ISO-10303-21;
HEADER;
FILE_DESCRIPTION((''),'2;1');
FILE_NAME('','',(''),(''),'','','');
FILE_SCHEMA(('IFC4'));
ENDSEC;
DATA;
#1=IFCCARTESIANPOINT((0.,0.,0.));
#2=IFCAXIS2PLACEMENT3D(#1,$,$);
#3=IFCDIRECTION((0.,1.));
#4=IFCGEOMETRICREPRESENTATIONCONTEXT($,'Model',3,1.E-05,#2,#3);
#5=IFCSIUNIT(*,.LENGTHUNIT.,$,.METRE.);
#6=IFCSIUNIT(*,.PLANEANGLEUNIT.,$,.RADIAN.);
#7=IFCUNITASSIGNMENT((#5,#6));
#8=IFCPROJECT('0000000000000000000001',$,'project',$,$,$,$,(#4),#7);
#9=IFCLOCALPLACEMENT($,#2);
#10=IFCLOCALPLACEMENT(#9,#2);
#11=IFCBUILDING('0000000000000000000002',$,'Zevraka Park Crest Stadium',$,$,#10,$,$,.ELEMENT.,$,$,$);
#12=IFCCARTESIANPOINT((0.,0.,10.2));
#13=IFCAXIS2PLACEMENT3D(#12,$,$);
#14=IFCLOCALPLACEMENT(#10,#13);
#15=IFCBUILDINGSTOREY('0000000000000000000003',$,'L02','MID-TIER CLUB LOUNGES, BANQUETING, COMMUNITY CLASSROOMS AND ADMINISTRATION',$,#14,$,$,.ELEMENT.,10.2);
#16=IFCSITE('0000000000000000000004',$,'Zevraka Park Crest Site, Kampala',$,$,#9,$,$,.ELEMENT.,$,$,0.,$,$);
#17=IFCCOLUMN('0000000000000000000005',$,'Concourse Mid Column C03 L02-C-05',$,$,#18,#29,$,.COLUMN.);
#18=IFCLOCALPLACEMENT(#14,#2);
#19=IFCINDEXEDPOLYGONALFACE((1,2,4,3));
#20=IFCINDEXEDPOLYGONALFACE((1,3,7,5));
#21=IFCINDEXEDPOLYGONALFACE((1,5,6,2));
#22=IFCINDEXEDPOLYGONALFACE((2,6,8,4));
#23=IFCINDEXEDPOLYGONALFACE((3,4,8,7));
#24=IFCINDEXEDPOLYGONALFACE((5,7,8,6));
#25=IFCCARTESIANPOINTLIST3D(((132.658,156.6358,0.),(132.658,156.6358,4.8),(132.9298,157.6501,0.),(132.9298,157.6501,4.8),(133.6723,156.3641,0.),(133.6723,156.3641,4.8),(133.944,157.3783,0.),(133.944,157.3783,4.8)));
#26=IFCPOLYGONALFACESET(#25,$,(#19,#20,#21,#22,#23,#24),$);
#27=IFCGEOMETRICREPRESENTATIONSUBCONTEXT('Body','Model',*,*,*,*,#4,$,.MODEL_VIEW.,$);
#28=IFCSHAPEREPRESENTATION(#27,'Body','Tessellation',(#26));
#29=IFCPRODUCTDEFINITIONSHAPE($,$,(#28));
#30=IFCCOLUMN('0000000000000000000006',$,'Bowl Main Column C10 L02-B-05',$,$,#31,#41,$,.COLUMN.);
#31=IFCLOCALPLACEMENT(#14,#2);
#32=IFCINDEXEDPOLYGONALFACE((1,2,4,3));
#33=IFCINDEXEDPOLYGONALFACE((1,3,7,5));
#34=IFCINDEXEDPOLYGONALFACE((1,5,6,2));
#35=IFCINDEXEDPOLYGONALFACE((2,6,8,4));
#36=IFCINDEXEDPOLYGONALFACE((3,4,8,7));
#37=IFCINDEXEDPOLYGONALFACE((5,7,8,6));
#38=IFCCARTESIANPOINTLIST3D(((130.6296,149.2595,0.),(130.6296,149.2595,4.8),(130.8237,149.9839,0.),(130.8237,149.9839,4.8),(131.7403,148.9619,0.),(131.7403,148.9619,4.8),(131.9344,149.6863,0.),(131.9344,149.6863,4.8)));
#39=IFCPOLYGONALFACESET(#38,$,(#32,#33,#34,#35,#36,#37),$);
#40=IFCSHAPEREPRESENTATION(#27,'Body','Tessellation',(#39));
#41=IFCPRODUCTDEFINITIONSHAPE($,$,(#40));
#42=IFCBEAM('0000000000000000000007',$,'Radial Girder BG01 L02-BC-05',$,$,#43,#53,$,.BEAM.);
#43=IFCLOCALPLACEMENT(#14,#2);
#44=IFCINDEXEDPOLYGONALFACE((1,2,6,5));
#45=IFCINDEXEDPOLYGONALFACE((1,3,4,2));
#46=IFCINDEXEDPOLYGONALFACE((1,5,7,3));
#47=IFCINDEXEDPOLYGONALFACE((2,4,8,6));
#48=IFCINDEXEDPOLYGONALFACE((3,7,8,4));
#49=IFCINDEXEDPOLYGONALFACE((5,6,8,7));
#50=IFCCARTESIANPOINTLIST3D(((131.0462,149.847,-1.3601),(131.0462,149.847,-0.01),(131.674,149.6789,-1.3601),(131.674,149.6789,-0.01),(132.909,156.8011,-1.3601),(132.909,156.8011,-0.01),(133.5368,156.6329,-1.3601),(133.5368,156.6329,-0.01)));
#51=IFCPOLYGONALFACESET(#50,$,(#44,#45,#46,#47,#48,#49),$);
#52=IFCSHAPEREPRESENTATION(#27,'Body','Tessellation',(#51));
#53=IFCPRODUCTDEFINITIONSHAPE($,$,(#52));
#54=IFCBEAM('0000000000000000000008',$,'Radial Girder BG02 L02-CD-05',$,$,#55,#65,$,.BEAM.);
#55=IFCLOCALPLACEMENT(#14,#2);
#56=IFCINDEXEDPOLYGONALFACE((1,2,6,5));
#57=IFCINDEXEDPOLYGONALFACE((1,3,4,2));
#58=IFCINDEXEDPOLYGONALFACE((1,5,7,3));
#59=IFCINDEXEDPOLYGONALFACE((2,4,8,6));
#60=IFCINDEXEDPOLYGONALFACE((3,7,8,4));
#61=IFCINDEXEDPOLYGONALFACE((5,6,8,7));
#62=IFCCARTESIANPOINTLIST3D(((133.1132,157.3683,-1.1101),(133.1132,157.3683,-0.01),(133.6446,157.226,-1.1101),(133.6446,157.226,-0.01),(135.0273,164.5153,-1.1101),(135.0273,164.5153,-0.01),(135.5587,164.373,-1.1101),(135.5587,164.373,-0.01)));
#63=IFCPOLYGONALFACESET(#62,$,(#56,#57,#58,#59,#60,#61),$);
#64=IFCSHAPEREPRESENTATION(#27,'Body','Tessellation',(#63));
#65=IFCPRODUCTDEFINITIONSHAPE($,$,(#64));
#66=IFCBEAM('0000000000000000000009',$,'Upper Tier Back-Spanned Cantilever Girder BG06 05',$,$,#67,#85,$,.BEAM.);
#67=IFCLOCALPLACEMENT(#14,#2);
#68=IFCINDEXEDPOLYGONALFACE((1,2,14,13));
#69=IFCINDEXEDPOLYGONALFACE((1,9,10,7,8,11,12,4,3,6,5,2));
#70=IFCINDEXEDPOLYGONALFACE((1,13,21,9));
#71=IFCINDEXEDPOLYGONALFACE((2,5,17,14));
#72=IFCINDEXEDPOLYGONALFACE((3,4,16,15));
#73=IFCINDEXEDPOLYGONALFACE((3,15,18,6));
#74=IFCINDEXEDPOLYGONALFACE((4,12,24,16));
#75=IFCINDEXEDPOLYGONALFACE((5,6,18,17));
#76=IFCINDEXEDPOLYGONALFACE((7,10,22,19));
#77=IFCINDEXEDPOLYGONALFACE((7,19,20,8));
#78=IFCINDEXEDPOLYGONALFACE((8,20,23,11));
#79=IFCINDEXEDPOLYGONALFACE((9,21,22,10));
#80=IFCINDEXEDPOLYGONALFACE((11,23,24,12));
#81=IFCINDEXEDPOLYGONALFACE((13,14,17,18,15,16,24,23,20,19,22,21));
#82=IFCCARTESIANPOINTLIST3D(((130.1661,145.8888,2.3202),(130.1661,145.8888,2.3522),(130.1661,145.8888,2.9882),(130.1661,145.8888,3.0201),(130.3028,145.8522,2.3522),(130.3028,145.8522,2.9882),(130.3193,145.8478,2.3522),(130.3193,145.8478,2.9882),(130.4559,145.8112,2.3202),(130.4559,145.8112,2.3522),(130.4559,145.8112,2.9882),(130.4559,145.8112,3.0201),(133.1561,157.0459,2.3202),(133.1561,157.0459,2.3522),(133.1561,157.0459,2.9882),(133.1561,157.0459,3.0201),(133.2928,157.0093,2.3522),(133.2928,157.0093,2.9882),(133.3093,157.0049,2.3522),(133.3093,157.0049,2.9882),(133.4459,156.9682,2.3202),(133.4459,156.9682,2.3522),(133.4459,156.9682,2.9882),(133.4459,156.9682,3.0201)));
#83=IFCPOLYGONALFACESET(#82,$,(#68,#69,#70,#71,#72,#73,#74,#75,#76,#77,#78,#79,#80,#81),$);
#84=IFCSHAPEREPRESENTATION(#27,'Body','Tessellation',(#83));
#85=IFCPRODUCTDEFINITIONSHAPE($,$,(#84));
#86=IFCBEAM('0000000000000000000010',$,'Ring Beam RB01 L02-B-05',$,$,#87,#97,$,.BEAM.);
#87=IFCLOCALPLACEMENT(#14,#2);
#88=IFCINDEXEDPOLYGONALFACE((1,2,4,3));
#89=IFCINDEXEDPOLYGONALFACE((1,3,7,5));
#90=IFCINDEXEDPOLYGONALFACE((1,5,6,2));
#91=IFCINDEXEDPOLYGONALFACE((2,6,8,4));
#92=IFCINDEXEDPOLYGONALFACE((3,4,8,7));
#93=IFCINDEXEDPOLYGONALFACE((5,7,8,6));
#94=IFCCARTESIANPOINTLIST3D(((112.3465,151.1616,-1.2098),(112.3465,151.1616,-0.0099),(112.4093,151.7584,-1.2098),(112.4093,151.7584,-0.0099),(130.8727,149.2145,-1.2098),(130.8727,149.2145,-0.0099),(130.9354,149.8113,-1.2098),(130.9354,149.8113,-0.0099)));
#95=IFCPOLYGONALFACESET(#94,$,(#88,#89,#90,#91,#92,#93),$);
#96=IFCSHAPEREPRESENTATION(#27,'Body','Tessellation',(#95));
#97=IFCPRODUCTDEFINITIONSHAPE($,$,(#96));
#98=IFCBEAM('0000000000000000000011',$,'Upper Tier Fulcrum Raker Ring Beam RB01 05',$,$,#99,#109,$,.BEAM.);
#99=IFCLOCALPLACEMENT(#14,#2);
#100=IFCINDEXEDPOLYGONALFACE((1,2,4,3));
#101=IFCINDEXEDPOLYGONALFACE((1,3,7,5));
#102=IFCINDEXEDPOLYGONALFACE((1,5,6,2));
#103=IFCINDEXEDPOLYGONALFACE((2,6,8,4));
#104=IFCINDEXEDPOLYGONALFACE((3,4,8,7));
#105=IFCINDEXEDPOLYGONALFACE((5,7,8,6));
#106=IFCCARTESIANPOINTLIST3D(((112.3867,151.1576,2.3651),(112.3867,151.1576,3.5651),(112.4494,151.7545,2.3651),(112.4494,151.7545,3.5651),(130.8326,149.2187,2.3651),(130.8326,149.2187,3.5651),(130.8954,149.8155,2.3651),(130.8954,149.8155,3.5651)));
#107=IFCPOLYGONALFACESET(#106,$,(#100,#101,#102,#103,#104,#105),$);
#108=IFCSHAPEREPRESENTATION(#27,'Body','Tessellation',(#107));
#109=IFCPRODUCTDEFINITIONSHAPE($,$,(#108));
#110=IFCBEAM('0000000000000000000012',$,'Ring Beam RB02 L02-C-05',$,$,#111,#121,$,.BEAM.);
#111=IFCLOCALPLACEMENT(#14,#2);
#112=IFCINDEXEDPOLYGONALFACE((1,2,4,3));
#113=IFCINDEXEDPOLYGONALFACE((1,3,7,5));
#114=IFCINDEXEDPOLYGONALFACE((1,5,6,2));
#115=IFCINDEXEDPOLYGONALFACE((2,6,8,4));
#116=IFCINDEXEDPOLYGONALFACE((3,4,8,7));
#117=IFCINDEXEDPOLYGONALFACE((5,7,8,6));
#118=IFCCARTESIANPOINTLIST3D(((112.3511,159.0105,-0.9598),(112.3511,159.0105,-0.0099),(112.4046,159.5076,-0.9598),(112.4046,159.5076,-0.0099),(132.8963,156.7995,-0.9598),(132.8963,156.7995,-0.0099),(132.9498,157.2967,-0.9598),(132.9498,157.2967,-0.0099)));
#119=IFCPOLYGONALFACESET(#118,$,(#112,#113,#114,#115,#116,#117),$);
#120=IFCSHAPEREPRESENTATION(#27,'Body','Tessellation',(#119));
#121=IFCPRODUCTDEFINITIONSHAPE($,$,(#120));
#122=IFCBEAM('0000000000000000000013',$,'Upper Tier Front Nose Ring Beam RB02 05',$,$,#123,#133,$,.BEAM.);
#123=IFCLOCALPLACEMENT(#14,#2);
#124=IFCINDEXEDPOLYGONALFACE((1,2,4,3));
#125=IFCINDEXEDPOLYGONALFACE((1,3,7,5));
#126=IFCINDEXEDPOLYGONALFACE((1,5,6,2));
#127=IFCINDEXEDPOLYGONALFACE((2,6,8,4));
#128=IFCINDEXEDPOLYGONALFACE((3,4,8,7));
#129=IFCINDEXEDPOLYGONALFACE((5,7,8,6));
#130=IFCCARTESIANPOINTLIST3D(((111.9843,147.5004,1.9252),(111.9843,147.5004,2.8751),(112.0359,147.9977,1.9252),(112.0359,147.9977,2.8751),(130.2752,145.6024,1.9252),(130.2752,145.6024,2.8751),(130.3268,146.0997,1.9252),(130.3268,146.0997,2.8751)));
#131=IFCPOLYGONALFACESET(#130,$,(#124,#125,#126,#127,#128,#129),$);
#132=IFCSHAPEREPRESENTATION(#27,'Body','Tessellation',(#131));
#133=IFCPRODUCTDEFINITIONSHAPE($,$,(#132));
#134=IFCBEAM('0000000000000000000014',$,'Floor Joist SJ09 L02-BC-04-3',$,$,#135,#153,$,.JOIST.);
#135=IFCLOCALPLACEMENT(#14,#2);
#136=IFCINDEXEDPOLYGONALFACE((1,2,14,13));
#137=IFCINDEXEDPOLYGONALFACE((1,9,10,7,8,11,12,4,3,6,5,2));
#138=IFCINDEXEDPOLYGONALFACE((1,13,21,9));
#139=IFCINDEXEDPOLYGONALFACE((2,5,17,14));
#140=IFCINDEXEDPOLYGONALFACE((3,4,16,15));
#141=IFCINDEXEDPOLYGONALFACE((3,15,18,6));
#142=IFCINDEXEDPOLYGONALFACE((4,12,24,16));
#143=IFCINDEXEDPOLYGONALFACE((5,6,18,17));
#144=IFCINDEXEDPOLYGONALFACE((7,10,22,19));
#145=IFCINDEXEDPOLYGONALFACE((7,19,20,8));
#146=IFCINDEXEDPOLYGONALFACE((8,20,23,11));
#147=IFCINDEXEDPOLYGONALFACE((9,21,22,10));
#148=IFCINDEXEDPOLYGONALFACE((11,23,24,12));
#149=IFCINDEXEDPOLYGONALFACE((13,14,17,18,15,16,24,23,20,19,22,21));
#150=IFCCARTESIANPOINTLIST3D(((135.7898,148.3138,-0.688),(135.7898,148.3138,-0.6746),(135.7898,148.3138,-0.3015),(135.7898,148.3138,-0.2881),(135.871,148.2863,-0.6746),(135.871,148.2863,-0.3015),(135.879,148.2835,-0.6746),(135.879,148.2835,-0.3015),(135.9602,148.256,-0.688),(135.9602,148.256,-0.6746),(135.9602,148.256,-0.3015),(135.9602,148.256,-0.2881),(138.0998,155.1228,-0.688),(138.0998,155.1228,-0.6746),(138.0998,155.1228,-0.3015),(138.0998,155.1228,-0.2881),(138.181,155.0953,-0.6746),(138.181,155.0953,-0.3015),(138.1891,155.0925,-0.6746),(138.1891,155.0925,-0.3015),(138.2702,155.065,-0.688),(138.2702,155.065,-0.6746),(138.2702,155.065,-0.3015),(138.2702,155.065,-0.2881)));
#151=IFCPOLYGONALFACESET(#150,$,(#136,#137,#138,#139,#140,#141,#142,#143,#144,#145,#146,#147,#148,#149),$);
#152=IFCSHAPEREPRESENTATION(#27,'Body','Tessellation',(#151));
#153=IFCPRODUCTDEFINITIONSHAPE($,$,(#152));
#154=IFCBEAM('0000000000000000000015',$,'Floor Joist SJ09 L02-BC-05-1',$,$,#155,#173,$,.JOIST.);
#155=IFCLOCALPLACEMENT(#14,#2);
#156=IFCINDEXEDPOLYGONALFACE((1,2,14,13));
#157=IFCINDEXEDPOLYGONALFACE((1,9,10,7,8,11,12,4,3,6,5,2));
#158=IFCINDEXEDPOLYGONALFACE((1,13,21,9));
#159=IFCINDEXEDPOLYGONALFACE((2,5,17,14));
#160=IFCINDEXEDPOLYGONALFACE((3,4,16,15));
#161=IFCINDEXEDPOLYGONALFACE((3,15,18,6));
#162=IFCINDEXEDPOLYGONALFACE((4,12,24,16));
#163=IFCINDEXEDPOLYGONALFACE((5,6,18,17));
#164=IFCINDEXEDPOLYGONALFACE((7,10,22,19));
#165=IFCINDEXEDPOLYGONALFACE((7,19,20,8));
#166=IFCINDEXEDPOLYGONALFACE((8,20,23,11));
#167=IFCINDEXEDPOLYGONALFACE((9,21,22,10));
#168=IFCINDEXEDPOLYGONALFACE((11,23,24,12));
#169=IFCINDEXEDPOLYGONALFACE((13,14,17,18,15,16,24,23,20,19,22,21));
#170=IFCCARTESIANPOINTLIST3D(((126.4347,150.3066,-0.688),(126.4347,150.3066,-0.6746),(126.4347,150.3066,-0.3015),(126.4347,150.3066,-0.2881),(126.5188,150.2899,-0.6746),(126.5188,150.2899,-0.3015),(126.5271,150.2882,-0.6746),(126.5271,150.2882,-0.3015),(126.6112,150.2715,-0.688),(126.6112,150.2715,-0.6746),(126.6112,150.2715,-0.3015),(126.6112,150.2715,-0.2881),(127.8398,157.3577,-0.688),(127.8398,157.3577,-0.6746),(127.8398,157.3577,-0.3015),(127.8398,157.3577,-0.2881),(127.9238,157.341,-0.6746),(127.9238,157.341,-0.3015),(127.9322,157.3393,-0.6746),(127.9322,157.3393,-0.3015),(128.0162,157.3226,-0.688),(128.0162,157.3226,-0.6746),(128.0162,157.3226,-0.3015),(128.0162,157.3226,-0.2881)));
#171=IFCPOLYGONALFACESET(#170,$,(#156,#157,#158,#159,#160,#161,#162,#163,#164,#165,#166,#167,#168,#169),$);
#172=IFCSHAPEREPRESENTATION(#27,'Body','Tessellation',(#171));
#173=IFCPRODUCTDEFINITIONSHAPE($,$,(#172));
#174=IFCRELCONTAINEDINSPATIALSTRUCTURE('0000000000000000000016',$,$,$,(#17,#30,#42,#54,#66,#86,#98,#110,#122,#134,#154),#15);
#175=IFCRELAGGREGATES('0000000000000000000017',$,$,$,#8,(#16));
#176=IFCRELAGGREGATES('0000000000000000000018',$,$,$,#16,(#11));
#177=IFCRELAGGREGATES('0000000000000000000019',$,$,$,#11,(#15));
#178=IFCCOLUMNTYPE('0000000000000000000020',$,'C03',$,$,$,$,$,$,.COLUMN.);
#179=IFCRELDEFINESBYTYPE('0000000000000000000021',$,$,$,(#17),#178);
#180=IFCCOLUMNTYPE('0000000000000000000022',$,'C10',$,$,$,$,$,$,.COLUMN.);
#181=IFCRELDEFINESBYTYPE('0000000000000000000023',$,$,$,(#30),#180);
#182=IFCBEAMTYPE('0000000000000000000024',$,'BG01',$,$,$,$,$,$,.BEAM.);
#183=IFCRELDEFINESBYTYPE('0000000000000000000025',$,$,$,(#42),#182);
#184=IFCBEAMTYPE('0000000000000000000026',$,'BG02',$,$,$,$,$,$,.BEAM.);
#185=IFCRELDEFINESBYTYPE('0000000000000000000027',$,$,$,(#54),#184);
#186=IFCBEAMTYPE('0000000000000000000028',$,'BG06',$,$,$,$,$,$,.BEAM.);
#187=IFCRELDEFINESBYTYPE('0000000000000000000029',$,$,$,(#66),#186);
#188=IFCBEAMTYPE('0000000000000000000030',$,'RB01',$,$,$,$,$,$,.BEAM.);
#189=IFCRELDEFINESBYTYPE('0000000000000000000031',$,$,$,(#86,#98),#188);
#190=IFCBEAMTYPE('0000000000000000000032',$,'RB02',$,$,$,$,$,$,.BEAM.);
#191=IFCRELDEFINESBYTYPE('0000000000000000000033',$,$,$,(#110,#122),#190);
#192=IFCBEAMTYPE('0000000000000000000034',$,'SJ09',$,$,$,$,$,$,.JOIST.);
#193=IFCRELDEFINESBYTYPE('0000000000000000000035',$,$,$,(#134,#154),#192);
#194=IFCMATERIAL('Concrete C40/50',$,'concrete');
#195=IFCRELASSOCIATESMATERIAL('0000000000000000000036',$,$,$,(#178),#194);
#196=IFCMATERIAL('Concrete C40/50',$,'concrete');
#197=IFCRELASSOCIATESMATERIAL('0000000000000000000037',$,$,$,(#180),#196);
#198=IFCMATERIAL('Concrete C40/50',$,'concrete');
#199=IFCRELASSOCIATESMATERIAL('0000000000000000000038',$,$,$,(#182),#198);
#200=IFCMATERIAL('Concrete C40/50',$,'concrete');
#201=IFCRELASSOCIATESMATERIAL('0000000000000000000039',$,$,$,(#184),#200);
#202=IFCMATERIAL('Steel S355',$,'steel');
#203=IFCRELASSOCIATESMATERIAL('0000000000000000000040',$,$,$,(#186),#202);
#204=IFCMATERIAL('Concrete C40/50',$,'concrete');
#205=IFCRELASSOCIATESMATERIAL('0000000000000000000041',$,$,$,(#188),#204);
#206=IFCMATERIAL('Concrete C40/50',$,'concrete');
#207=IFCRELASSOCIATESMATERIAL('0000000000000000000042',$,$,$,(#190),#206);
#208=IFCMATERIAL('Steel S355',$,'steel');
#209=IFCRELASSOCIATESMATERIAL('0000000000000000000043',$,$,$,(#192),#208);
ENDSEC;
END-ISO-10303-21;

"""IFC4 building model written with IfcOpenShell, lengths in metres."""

from ifc_helpers import new_model, si_unit, direction, frame, origin, origin_2d, place, context, subcontext, project, spatial, rectangle, i_section, extrude, material, material_profile, profile_set, type_object, element, save


model = new_model("IFC4")

# Units and contexts
model_context = context("Model", 3, precision=1e-05, world=origin(), true_north=direction((0.0, 1.0)))
body_context = subcontext(model_context, "Body", "Model", "MODEL_VIEW")
ifc_project = project(units=[si_unit("LENGTHUNIT", "METRE"), si_unit("PLANEANGLEUNIT", "RADIAN")], contexts=[model_context])

# Site, building, storey
site_placement = place(None, origin())
site = spatial("IfcSite", under=ifc_project, at=site_placement, Name="Zevraka Park Crest Site, Kampala", CompositionType="ELEMENT", RefElevation=0.0)
building_placement = place(site_placement, origin())
building = spatial("IfcBuilding", under=site, at=building_placement, Name="Zevraka Park Crest Stadium", CompositionType="ELEMENT")
storey_placement = place(building_placement, frame((0.0, 0.0, 10.2)))
storey = spatial("IfcBuildingStorey", under=building, at=storey_placement, Name="L02", Description="MID-TIER CLUB LOUNGES, BANQUETING, COMMUNITY CLASSROOMS AND ADMINISTRATION", CompositionType="ELEMENT", Elevation=10.2)

# Columns
ifc_material_1 = material(Name="Concrete C40/50", Category="concrete")
ifc_material_profile_1 = material_profile(ifc_material_1, rectangle(XDim=1.05, YDim=1.05, at=origin_2d()), Name="RC 1050x1050")
ifc_profile_set_1 = profile_set([ifc_material_profile_1], Name="Concrete C40/50")
column_type_1 = type_object("IfcColumnType", Name="C03", PredefinedType="COLUMN", material=ifc_profile_set_1)
column_1_placement = place(storey_placement, frame((133.301, 157.0071, 0.0), z_axis=(0.0, 0.0, 1.0), x_axis=(0.258819, 0.965926, 0.0)))
element("IfcColumn", 1, at=column_1_placement, inside=storey, type_object=column_type_1, Name="Concourse Mid Column C03 L02-C-05", PredefinedType="COLUMN", context=body_context, shape_type="SweptSolid", body=[
    extrude(rectangle(XDim=1.05, YDim=1.05, at=origin_2d()), origin(), (0.0, 0.0, 1.0), 4.8),
])
ifc_material_2 = material(Name="Concrete C40/50", Category="concrete")
ifc_material_profile_2 = material_profile(ifc_material_2, rectangle(XDim=0.75, YDim=1.1499, at=origin_2d()), Name="RC 1150x750")
ifc_profile_set_2 = profile_set([ifc_material_profile_2], Name="Concrete C40/50")
column_type_2 = type_object("IfcColumnType", Name="C10", PredefinedType="COLUMN", material=ifc_profile_set_2)
column_2_placement = place(storey_placement, frame((131.282, 149.4729, 0.0), z_axis=(0.0, 0.0, 1.0), x_axis=(0.258819, 0.965926, 0.0)))
element("IfcColumn", 2, at=column_2_placement, inside=storey, type_object=column_type_2, Name="Bowl Main Column C10 L02-B-05", PredefinedType="COLUMN", context=body_context, shape_type="SweptSolid", body=[
    extrude(rectangle(XDim=0.75, YDim=1.1499, at=origin_2d()), origin(), (0.0, 0.0, 1.0), 4.8),
])

# Beams
ifc_material_3 = material(Name="Concrete C40/50", Category="concrete")
ifc_material_profile_3 = material_profile(ifc_material_3, rectangle(XDim=0.6499, YDim=1.3501, at=origin_2d()), Name="RC 1350x650")
ifc_profile_set_3 = profile_set([ifc_material_profile_3], Name="Concrete C40/50")
beam_type_1 = type_object("IfcBeamType", Name="BG01", PredefinedType="BEAM", material=ifc_profile_set_3)
beam_1_placement = place(storey_placement, frame((131.3601, 149.7629, -0.6851), z_axis=(0.258747, 0.965945, 0.0), x_axis=(-0.965945, 0.258747, 0.0)))
element("IfcBeam", 3, at=beam_1_placement, inside=storey, type_object=beam_type_1, Name="Radial Girder BG01 L02-BC-05", PredefinedType="BEAM", context=body_context, shape_type="SweptSolid", body=[
    extrude(rectangle(XDim=0.6499, YDim=1.3501, at=origin_2d()), origin(), (0.0, 0.0, 1.0), 7.1992),
])
ifc_material_4 = material(Name="Concrete C40/50", Category="concrete")
ifc_material_profile_4 = material_profile(ifc_material_4, rectangle(XDim=0.55, YDim=1.1001, at=origin_2d()), Name="RC 1100x550")
ifc_profile_set_4 = profile_set([ifc_material_profile_4], Name="Concrete C40/50")
beam_type_2 = type_object("IfcBeamType", Name="BG02", PredefinedType="BEAM", material=ifc_profile_set_4)
beam_2_placement = place(storey_placement, frame((133.3789, 157.2971, -0.5601), z_axis=(0.258698, 0.965958, 0.0), x_axis=(-0.965958, 0.258698, 0.0)))
element("IfcBeam", 4, at=beam_2_placement, inside=storey, type_object=beam_type_2, Name="Radial Girder BG02 L02-CD-05", PredefinedType="BEAM", context=body_context, shape_type="SweptSolid", body=[
    extrude(rectangle(XDim=0.55, YDim=1.1001, at=origin_2d()), origin(), (0.0, 0.0, 1.0), 7.3989),
])
ifc_material_5 = material(Name="Steel S355", Category="steel")
ifc_material_profile_5 = material_profile(ifc_material_5, i_section(OverallWidth=0.3, OverallDepth=0.7, WebThickness=0.0171, FlangeThickness=0.032, at=origin_2d()), Name="HEB 700")
ifc_profile_set_5 = profile_set([ifc_material_profile_5], Name="Steel S355")
beam_type_3 = type_object("IfcBeamType", Name="BG06", PredefinedType="BEAM", material=ifc_profile_set_5)
beam_3_placement = place(storey_placement, frame((133.301, 157.0071, 2.6702), z_axis=(-0.258858, -0.965915, 0.0), x_axis=(0.965915, -0.258858, 0.0)))
element("IfcBeam", 5, at=beam_3_placement, inside=storey, type_object=beam_type_3, Name="Upper Tier Back-Spanned Cantilever Girder BG06 05", PredefinedType="BEAM", context=body_context, shape_type="SweptSolid", body=[
    extrude(i_section(OverallWidth=0.3, OverallDepth=0.7, WebThickness=0.0171, FlangeThickness=0.032, at=origin_2d()), origin(), (0.0, 0.0, 1.0), 11.5508),
])
ifc_material_6 = material(Name="Concrete C40/50", Category="concrete")
ifc_material_profile_6 = material_profile(ifc_material_6, rectangle(XDim=0.6001, YDim=1.2, at=origin_2d()), Name="RC 1200x600")
ifc_profile_set_6 = profile_set([ifc_material_profile_6], Name="Concrete C40/50")
beam_type_4 = type_object("IfcBeamType", Name="RB01", PredefinedType="BEAM", material=ifc_profile_set_6)
beam_4_placement = place(storey_placement, frame((130.9041, 149.5129, -0.6099), z_axis=(-0.994523, 0.10452, 0.0), x_axis=(-0.10452, -0.994523, 0.0)))
element("IfcBeam", 6, at=beam_4_placement, inside=storey, type_object=beam_type_4, Name="Ring Beam RB01 L02-B-05", PredefinedType="BEAM", context=body_context, shape_type="SweptSolid", body=[
    extrude(rectangle(XDim=0.6001, YDim=1.2, at=origin_2d()), origin(), (0.0, 0.0, 1.0), 18.6282),
])
beam_5_placement = place(storey_placement, frame((130.864, 149.5171, 2.9651), z_axis=(-0.994521, 0.10454, 0.0), x_axis=(-0.10454, -0.994521, 0.0)))
element("IfcBeam", 7, at=beam_5_placement, inside=storey, type_object=beam_type_4, Name="Upper Tier Fulcrum Raker Ring Beam RB01 05", PredefinedType="BEAM", context=body_context, shape_type="SweptSolid", body=[
    extrude(rectangle(XDim=0.6001, YDim=1.2, at=origin_2d()), origin(), (0.0, 0.0, 1.0), 18.5476),
])
ifc_material_7 = material(Name="Concrete C40/50", Category="concrete")
ifc_material_profile_7 = material_profile(ifc_material_7, rectangle(XDim=0.5, YDim=0.95, at=origin_2d()), Name="RC 950x500")
ifc_profile_set_7 = profile_set([ifc_material_profile_7], Name="Concrete C40/50")
beam_type_5 = type_object("IfcBeamType", Name="RB02", PredefinedType="BEAM", material=ifc_profile_set_7)
beam_6_placement = place(storey_placement, frame((132.9231, 157.0481, -0.4849), z_axis=(-0.994259, 0.106996, 0.0), x_axis=(-0.106996, -0.994259, 0.0)))
element("IfcBeam", 8, at=beam_6_placement, inside=storey, type_object=beam_type_5, Name="Ring Beam RB02 L02-C-05", PredefinedType="BEAM", context=body_context, shape_type="SweptSolid", body=[
    extrude(rectangle(XDim=0.5, YDim=0.95, at=origin_2d()), origin(), (0.0, 0.0, 1.0), 20.6638),
])
beam_7_placement = place(storey_placement, frame((130.301, 145.8511, 2.4001), z_axis=(-0.99466, 0.10321, 0.0), x_axis=(-0.10321, -0.99466, 0.0)))
element("IfcBeam", 9, at=beam_7_placement, inside=storey, type_object=beam_type_5, Name="Upper Tier Front Nose Ring Beam RB02 05", PredefinedType="BEAM", context=body_context, shape_type="SweptSolid", body=[
    extrude(rectangle(XDim=0.5, YDim=0.95, at=origin_2d()), origin(), (0.0, 0.0, 1.0), 18.3892),
])
ifc_material_8 = material(Name="Steel S355", Category="steel")
ifc_material_profile_8 = material_profile(ifc_material_8, i_section(OverallWidth=0.1799, OverallDepth=0.3999, WebThickness=0.0085, FlangeThickness=0.0134, at=origin_2d()), Name="IPE 400")
ifc_profile_set_8 = profile_set([ifc_material_profile_8], Name="Steel S355")
beam_type_6 = type_object("IfcBeamType", Name="SJ09", PredefinedType="JOIST", material=ifc_profile_set_8)
beam_8_placement = place(storey_placement, frame((135.875, 148.2849, -0.488), z_axis=(0.321276, 0.946986, 0.0), x_axis=(-0.946986, 0.321276, 0.0)))
element("IfcBeam", 10, at=beam_8_placement, inside=storey, type_object=beam_type_6, Name="Floor Joist SJ09 L02-BC-04-3", PredefinedType="JOIST", context=body_context, shape_type="SweptSolid", body=[
    extrude(i_section(OverallWidth=0.1799, OverallDepth=0.3999, WebThickness=0.0085, FlangeThickness=0.0134, at=origin_2d()), origin(), (0.0, 0.0, 1.0), 7.1902),
])
beam_9_placement = place(storey_placement, frame((126.5229, 150.2891, -0.488), z_axis=(0.195424, 0.980719, 0.0), x_axis=(-0.980719, 0.195424, 0.0)))
element("IfcBeam", 11, at=beam_9_placement, inside=storey, type_object=beam_type_6, Name="Floor Joist SJ09 L02-BC-05-1", PredefinedType="JOIST", context=body_context, shape_type="SweptSolid", body=[
    extrude(i_section(OverallWidth=0.1799, OverallDepth=0.3999, WebThickness=0.0085, FlangeThickness=0.0134, at=origin_2d()), origin(), (0.0, 0.0, 1.0), 7.1897),
])

save(model, "model.ifc")
